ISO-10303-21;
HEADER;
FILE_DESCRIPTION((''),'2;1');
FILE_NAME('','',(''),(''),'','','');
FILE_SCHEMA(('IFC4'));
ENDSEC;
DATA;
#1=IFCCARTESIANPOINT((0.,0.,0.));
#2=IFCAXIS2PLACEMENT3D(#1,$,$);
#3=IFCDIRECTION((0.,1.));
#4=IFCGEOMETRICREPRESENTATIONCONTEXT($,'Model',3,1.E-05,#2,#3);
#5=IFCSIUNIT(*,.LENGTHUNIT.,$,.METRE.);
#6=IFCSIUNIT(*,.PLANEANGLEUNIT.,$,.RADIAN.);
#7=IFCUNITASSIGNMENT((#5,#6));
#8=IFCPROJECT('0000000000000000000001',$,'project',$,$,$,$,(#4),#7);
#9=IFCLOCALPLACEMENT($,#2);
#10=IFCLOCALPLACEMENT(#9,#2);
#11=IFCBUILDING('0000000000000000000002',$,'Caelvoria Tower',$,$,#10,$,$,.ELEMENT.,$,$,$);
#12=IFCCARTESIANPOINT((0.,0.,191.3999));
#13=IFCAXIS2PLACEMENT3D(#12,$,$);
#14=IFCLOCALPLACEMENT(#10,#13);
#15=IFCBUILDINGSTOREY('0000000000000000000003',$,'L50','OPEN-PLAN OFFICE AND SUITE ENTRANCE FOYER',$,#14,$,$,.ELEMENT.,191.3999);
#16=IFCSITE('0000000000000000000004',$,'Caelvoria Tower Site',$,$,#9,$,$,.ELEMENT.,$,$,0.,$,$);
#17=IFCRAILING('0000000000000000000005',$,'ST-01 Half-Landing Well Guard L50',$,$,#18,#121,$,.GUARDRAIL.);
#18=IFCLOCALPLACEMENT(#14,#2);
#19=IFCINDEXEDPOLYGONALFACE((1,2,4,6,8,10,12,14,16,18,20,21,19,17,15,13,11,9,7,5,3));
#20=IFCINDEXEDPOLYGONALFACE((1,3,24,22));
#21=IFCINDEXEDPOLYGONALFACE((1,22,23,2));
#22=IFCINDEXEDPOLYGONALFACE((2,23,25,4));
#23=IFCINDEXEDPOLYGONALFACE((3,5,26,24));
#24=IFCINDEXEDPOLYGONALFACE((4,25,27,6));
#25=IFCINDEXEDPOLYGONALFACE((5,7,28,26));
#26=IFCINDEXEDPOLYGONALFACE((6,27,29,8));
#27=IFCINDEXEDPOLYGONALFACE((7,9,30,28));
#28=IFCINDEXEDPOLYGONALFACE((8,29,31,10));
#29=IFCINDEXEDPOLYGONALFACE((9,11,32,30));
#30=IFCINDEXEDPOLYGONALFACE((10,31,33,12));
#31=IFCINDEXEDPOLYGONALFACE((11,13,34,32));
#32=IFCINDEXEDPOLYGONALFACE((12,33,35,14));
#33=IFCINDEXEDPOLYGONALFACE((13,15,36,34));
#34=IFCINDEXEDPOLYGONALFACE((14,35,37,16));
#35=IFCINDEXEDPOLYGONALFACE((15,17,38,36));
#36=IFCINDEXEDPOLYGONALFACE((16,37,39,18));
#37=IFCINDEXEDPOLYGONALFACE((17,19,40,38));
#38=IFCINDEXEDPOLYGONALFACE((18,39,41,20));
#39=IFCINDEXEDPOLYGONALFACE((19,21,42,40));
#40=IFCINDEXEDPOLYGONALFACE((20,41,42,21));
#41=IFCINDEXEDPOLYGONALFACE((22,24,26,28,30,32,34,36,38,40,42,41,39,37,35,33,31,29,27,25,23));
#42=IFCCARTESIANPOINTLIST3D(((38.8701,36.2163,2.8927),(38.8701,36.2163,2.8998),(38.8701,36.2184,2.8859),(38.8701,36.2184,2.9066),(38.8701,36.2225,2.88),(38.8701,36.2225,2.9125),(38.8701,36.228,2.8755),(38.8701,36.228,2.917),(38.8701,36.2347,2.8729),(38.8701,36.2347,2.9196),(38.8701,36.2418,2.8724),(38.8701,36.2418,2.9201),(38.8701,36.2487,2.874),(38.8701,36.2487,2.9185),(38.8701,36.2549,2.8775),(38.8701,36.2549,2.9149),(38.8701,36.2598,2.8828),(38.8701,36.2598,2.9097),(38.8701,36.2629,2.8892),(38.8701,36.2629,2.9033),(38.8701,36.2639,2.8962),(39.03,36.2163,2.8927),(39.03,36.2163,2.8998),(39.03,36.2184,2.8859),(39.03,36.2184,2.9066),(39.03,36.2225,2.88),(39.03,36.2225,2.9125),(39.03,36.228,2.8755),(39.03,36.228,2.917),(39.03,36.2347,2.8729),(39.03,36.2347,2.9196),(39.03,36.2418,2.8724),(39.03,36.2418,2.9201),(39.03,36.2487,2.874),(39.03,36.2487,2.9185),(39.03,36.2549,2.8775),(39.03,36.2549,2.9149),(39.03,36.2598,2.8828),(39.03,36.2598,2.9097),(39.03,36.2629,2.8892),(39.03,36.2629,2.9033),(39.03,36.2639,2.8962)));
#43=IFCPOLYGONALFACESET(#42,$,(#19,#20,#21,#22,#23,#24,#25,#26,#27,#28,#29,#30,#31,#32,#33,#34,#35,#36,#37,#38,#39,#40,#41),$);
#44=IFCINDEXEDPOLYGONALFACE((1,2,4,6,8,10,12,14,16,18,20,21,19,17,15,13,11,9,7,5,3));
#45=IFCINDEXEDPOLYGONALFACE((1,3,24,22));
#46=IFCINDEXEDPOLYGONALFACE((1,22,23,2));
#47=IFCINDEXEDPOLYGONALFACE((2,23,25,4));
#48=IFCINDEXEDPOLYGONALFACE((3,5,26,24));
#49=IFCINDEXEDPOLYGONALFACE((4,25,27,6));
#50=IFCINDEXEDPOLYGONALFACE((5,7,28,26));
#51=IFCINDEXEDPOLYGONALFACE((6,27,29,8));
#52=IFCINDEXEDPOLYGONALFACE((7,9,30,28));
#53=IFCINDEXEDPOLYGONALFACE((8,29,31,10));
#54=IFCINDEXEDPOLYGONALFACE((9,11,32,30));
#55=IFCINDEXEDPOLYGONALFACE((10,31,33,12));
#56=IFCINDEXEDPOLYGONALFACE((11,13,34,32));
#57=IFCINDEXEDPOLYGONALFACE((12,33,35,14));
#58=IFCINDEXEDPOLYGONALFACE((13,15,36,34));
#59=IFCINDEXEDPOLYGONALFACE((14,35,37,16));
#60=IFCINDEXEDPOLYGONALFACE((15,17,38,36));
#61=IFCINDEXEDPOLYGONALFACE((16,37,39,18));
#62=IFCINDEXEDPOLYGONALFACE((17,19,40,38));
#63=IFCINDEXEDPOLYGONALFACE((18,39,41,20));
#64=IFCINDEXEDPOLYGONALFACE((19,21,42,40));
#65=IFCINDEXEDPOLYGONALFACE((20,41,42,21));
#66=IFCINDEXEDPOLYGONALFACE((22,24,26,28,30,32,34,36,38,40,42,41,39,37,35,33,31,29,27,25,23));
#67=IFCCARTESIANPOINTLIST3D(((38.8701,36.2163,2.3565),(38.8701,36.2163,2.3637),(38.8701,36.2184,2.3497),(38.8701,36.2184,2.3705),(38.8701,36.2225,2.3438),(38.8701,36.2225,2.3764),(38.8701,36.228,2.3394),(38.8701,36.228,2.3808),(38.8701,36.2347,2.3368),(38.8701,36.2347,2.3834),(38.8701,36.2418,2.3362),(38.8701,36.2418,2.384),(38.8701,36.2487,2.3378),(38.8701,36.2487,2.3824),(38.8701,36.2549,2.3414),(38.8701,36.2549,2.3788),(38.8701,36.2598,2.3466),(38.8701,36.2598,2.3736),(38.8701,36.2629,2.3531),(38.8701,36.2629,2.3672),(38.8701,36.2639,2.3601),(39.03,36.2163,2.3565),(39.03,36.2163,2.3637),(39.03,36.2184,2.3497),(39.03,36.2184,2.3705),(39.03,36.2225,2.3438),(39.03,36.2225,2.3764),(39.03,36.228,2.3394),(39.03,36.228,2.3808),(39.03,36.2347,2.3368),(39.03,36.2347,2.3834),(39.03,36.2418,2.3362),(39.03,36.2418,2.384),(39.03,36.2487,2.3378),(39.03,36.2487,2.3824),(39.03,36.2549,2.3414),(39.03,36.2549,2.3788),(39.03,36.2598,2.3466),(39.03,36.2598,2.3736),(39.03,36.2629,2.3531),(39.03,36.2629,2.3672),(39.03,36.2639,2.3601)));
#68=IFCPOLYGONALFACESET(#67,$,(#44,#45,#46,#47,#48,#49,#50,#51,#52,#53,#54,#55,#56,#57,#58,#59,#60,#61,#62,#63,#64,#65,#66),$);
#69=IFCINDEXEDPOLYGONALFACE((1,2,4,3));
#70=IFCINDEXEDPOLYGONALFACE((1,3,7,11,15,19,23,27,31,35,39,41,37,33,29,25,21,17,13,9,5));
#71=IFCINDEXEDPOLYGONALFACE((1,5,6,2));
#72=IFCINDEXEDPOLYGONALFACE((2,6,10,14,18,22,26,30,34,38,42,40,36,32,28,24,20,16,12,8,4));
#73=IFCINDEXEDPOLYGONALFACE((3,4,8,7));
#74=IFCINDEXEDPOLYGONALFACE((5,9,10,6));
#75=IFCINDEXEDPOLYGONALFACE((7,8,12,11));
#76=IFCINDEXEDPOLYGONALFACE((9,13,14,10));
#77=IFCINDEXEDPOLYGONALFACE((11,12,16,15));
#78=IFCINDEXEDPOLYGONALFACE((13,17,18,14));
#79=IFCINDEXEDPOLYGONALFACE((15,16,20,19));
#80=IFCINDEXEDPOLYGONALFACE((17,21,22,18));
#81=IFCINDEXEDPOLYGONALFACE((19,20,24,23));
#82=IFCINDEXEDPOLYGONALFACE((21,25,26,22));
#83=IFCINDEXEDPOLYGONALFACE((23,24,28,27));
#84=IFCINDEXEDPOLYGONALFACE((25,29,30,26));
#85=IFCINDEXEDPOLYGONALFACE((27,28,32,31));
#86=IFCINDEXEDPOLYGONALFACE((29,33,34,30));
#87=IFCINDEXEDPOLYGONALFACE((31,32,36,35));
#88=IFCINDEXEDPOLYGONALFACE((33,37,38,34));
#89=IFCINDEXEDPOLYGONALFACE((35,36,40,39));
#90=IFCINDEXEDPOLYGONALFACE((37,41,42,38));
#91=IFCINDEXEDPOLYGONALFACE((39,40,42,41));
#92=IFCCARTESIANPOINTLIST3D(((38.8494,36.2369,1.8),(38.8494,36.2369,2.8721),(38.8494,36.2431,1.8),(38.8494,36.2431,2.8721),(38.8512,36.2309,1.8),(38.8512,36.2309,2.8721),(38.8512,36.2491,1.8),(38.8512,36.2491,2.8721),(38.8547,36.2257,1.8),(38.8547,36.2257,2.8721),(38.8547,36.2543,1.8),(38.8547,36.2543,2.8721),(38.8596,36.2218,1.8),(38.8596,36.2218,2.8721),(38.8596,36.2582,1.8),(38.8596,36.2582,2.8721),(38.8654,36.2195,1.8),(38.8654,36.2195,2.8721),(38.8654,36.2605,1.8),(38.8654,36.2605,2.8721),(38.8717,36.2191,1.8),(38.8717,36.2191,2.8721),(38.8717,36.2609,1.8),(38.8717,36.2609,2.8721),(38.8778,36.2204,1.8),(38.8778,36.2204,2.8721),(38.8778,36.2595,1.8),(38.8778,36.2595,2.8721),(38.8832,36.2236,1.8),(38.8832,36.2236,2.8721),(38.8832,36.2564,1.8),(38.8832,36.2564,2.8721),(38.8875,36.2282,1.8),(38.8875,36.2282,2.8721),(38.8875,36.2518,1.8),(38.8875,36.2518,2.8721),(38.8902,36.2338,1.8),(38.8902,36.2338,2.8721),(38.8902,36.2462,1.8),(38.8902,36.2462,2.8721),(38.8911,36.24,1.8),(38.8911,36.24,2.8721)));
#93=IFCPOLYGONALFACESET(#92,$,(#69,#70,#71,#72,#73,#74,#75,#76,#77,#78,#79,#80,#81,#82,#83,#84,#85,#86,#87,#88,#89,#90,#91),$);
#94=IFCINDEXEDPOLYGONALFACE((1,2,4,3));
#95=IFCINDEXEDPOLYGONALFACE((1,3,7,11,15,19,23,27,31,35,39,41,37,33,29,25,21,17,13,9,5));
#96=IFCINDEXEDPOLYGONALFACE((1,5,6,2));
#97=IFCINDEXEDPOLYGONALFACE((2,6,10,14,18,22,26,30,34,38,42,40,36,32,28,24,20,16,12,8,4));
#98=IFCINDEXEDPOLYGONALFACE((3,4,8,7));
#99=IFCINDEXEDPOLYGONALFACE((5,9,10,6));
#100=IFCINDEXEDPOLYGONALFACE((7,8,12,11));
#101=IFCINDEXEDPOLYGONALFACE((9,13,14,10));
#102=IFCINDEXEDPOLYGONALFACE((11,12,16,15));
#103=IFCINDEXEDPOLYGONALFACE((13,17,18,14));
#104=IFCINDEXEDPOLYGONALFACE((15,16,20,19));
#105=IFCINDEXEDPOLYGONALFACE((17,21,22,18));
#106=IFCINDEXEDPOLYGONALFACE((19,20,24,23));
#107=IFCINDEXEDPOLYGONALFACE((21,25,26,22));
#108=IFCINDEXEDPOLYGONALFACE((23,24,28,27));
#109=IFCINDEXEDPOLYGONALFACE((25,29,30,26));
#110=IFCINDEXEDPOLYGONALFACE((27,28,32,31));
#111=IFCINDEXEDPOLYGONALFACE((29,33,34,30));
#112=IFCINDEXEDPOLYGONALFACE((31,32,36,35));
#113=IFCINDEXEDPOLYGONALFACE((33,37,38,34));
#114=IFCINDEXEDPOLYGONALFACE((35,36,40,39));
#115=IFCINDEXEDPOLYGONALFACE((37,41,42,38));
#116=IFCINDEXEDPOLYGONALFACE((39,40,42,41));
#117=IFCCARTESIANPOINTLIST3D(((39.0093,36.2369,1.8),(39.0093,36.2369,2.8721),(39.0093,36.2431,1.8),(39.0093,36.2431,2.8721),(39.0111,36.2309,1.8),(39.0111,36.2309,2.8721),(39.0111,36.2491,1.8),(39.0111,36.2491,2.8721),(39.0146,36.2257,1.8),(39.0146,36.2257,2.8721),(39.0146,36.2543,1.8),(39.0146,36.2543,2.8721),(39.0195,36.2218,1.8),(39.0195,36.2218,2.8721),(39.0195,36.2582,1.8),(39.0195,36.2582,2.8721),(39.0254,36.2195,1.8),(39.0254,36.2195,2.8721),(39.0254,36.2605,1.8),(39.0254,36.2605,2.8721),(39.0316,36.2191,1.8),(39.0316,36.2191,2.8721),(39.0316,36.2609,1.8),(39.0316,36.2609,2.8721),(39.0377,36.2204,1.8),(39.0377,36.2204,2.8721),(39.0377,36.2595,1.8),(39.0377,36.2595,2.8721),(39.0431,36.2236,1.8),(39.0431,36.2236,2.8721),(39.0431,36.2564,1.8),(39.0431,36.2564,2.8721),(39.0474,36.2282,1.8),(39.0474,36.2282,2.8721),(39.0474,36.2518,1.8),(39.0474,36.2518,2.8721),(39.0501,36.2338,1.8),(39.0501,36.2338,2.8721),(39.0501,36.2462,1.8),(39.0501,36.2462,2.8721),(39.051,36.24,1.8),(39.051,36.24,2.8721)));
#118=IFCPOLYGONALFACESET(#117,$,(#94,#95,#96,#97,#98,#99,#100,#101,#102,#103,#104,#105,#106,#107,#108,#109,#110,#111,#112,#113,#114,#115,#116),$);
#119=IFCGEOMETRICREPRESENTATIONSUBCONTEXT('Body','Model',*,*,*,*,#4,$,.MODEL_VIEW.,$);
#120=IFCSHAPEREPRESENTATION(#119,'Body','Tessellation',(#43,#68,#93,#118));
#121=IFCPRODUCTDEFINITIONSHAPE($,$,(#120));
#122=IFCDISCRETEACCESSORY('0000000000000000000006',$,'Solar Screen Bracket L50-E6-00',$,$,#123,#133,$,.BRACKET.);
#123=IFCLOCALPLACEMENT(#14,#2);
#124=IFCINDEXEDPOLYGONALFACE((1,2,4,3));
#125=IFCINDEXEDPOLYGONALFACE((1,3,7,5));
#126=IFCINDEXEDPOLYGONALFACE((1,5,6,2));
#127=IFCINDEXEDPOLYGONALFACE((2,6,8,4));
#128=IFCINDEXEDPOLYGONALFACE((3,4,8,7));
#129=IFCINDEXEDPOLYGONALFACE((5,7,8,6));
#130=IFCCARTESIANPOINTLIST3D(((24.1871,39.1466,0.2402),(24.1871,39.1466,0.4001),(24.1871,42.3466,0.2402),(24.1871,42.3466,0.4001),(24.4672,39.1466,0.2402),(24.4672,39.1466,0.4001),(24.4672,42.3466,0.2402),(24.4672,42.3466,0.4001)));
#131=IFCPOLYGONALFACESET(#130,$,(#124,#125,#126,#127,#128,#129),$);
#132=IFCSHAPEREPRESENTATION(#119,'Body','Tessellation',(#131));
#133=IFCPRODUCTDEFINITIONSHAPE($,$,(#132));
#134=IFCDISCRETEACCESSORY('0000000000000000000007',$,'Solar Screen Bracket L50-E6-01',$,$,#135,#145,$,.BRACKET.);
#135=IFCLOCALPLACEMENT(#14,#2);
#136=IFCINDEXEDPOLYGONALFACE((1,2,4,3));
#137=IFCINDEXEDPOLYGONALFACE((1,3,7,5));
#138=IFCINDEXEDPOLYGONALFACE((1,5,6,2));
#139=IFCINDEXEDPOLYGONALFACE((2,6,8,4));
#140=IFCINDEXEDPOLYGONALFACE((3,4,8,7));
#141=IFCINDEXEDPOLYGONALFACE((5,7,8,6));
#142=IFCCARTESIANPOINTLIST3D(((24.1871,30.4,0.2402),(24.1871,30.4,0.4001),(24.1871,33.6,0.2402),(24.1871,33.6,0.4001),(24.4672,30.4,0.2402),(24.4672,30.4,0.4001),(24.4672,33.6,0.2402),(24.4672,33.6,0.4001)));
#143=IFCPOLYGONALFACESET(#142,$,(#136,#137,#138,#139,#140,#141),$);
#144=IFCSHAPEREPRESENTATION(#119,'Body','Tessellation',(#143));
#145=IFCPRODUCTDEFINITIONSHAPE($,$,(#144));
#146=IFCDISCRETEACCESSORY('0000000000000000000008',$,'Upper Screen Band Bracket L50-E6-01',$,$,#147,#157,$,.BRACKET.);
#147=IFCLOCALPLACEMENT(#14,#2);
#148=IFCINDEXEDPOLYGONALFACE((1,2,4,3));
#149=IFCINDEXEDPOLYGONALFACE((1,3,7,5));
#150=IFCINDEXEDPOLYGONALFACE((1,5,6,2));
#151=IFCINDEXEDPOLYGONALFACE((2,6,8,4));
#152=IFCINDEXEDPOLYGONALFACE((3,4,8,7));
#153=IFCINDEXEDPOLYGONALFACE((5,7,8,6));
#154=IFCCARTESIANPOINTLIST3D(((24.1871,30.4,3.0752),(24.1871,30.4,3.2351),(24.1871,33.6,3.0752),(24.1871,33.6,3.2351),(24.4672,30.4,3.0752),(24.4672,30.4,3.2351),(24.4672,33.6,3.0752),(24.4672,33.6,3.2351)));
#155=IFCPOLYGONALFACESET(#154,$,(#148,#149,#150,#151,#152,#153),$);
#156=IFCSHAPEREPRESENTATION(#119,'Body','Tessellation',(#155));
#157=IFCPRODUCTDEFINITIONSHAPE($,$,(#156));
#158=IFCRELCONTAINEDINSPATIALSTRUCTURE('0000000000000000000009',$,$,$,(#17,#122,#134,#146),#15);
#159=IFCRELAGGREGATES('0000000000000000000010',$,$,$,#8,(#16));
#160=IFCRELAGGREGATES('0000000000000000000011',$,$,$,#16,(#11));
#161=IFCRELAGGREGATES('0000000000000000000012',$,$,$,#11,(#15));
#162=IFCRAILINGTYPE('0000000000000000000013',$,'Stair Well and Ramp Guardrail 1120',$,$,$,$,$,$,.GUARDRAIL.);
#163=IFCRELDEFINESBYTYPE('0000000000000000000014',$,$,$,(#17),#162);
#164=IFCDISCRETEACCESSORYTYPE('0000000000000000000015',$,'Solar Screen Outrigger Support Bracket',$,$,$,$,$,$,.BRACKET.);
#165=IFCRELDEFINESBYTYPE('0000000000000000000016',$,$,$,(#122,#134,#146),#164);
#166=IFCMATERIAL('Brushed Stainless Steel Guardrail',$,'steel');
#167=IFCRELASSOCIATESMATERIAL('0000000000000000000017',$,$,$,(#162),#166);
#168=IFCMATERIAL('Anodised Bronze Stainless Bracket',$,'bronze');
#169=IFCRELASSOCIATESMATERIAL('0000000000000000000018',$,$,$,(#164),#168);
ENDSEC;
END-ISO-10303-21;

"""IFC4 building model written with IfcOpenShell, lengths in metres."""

from ifc_helpers import new_model, si_unit, direction, frame, origin, origin_2d, place, context, subcontext, project, spatial, rectangle, circle, extrude, material, type_object, element, save


model = new_model("IFC4")

# Units and contexts
model_context = context("Model", 3, precision=1e-05, world=origin(), true_north=direction((0.0, 1.0)))
body_context = subcontext(model_context, "Body", "Model", "MODEL_VIEW")
ifc_project = project(units=[si_unit("LENGTHUNIT", "METRE"), si_unit("PLANEANGLEUNIT", "RADIAN")], contexts=[model_context])

# Site, building, storey
site_placement = place(None, origin())
site = spatial("IfcSite", under=ifc_project, at=site_placement, Name="Caelvoria Tower Site", CompositionType="ELEMENT", RefElevation=0.0)
building_placement = place(site_placement, origin())
building = spatial("IfcBuilding", under=site, at=building_placement, Name="Caelvoria Tower", CompositionType="ELEMENT")
storey_placement = place(building_placement, frame((0.0, 0.0, 191.3999)))
storey = spatial("IfcBuildingStorey", under=building, at=storey_placement, Name="L50", Description="OPEN-PLAN OFFICE AND SUITE ENTRANCE FOYER", CompositionType="ELEMENT", Elevation=191.3999)

# Railing
ifc_material_1 = material(Name="Brushed Stainless Steel Guardrail", Category="steel")
railing_type_1 = type_object("IfcRailingType", Name="Stair Well and Ramp Guardrail 1120", PredefinedType="GUARDRAIL", material=ifc_material_1)
railing_1_placement = place(storey_placement, frame((38.8701, 36.24, 1.8)))
element("IfcRailing", 1, at=railing_1_placement, inside=storey, type_object=railing_type_1, Name="ST-01 Half-Landing Well Guard L50", PredefinedType="GUARDRAIL", context=body_context, shape_type="SweptSolid", body=[
    extrude(circle(Radius=0.0239, at=origin_2d()), frame((0.0, 0.0, 1.0962), z_axis=(1.0, 0.0, 0.0), x_axis=(0.0, 1.0, 0.0)), (0.0, 0.0, 1.0), 0.1599),
    extrude(circle(Radius=0.0239, at=origin_2d()), frame((0.0, 0.0, 0.5601), z_axis=(1.0, 0.0, 0.0), x_axis=(0.0, 1.0, 0.0)), (0.0, 0.0, 1.0), 0.1599),
    extrude(circle(Radius=0.021, at=origin_2d()), origin(), (0.0, 0.0, 1.0), 1.072),
    extrude(circle(Radius=0.021, at=origin_2d()), frame((0.1599, 0.0, 0.0)), (0.0, 0.0, 1.0), 1.072),
])

# Discrete accessories
ifc_material_2 = material(Name="Anodised Bronze Stainless Bracket", Category="bronze")
discrete_accessory_type = type_object("IfcDiscreteAccessoryType", Name="Solar Screen Outrigger Support Bracket", PredefinedType="BRACKET", material=ifc_material_2)
for number, where, z_axis, x_axis, name in (
    (2, (24.3271, 40.7466, 0.2402), (0.0, 0.0, 1.0), (0.0, -1.0, 0.0), "Solar Screen Bracket L50-E6-00"),
    (3, (24.3271, 32.0, 0.2402), (0.0, 0.0, 1.0), (0.0, -1.0, 0.0), "Solar Screen Bracket L50-E6-01"),
    (4, (24.3271, 32.0, 3.0752), (0.0, 0.0, 1.0), (0.0, -1.0, 0.0), "Upper Screen Band Bracket L50-E6-01"),
):
    element("IfcDiscreteAccessory", number, at=place(storey_placement, frame(where, z_axis=z_axis, x_axis=x_axis)), inside=storey, type_object=discrete_accessory_type, Name=name, PredefinedType="BRACKET", context=body_context, shape_type="SweptSolid", body=[
        extrude(rectangle(XDim=3.2, YDim=0.28, at=origin_2d()), origin(), (0.0, 0.0, 1.0), 0.1599),
    ])

save(model, "model.ifc")
